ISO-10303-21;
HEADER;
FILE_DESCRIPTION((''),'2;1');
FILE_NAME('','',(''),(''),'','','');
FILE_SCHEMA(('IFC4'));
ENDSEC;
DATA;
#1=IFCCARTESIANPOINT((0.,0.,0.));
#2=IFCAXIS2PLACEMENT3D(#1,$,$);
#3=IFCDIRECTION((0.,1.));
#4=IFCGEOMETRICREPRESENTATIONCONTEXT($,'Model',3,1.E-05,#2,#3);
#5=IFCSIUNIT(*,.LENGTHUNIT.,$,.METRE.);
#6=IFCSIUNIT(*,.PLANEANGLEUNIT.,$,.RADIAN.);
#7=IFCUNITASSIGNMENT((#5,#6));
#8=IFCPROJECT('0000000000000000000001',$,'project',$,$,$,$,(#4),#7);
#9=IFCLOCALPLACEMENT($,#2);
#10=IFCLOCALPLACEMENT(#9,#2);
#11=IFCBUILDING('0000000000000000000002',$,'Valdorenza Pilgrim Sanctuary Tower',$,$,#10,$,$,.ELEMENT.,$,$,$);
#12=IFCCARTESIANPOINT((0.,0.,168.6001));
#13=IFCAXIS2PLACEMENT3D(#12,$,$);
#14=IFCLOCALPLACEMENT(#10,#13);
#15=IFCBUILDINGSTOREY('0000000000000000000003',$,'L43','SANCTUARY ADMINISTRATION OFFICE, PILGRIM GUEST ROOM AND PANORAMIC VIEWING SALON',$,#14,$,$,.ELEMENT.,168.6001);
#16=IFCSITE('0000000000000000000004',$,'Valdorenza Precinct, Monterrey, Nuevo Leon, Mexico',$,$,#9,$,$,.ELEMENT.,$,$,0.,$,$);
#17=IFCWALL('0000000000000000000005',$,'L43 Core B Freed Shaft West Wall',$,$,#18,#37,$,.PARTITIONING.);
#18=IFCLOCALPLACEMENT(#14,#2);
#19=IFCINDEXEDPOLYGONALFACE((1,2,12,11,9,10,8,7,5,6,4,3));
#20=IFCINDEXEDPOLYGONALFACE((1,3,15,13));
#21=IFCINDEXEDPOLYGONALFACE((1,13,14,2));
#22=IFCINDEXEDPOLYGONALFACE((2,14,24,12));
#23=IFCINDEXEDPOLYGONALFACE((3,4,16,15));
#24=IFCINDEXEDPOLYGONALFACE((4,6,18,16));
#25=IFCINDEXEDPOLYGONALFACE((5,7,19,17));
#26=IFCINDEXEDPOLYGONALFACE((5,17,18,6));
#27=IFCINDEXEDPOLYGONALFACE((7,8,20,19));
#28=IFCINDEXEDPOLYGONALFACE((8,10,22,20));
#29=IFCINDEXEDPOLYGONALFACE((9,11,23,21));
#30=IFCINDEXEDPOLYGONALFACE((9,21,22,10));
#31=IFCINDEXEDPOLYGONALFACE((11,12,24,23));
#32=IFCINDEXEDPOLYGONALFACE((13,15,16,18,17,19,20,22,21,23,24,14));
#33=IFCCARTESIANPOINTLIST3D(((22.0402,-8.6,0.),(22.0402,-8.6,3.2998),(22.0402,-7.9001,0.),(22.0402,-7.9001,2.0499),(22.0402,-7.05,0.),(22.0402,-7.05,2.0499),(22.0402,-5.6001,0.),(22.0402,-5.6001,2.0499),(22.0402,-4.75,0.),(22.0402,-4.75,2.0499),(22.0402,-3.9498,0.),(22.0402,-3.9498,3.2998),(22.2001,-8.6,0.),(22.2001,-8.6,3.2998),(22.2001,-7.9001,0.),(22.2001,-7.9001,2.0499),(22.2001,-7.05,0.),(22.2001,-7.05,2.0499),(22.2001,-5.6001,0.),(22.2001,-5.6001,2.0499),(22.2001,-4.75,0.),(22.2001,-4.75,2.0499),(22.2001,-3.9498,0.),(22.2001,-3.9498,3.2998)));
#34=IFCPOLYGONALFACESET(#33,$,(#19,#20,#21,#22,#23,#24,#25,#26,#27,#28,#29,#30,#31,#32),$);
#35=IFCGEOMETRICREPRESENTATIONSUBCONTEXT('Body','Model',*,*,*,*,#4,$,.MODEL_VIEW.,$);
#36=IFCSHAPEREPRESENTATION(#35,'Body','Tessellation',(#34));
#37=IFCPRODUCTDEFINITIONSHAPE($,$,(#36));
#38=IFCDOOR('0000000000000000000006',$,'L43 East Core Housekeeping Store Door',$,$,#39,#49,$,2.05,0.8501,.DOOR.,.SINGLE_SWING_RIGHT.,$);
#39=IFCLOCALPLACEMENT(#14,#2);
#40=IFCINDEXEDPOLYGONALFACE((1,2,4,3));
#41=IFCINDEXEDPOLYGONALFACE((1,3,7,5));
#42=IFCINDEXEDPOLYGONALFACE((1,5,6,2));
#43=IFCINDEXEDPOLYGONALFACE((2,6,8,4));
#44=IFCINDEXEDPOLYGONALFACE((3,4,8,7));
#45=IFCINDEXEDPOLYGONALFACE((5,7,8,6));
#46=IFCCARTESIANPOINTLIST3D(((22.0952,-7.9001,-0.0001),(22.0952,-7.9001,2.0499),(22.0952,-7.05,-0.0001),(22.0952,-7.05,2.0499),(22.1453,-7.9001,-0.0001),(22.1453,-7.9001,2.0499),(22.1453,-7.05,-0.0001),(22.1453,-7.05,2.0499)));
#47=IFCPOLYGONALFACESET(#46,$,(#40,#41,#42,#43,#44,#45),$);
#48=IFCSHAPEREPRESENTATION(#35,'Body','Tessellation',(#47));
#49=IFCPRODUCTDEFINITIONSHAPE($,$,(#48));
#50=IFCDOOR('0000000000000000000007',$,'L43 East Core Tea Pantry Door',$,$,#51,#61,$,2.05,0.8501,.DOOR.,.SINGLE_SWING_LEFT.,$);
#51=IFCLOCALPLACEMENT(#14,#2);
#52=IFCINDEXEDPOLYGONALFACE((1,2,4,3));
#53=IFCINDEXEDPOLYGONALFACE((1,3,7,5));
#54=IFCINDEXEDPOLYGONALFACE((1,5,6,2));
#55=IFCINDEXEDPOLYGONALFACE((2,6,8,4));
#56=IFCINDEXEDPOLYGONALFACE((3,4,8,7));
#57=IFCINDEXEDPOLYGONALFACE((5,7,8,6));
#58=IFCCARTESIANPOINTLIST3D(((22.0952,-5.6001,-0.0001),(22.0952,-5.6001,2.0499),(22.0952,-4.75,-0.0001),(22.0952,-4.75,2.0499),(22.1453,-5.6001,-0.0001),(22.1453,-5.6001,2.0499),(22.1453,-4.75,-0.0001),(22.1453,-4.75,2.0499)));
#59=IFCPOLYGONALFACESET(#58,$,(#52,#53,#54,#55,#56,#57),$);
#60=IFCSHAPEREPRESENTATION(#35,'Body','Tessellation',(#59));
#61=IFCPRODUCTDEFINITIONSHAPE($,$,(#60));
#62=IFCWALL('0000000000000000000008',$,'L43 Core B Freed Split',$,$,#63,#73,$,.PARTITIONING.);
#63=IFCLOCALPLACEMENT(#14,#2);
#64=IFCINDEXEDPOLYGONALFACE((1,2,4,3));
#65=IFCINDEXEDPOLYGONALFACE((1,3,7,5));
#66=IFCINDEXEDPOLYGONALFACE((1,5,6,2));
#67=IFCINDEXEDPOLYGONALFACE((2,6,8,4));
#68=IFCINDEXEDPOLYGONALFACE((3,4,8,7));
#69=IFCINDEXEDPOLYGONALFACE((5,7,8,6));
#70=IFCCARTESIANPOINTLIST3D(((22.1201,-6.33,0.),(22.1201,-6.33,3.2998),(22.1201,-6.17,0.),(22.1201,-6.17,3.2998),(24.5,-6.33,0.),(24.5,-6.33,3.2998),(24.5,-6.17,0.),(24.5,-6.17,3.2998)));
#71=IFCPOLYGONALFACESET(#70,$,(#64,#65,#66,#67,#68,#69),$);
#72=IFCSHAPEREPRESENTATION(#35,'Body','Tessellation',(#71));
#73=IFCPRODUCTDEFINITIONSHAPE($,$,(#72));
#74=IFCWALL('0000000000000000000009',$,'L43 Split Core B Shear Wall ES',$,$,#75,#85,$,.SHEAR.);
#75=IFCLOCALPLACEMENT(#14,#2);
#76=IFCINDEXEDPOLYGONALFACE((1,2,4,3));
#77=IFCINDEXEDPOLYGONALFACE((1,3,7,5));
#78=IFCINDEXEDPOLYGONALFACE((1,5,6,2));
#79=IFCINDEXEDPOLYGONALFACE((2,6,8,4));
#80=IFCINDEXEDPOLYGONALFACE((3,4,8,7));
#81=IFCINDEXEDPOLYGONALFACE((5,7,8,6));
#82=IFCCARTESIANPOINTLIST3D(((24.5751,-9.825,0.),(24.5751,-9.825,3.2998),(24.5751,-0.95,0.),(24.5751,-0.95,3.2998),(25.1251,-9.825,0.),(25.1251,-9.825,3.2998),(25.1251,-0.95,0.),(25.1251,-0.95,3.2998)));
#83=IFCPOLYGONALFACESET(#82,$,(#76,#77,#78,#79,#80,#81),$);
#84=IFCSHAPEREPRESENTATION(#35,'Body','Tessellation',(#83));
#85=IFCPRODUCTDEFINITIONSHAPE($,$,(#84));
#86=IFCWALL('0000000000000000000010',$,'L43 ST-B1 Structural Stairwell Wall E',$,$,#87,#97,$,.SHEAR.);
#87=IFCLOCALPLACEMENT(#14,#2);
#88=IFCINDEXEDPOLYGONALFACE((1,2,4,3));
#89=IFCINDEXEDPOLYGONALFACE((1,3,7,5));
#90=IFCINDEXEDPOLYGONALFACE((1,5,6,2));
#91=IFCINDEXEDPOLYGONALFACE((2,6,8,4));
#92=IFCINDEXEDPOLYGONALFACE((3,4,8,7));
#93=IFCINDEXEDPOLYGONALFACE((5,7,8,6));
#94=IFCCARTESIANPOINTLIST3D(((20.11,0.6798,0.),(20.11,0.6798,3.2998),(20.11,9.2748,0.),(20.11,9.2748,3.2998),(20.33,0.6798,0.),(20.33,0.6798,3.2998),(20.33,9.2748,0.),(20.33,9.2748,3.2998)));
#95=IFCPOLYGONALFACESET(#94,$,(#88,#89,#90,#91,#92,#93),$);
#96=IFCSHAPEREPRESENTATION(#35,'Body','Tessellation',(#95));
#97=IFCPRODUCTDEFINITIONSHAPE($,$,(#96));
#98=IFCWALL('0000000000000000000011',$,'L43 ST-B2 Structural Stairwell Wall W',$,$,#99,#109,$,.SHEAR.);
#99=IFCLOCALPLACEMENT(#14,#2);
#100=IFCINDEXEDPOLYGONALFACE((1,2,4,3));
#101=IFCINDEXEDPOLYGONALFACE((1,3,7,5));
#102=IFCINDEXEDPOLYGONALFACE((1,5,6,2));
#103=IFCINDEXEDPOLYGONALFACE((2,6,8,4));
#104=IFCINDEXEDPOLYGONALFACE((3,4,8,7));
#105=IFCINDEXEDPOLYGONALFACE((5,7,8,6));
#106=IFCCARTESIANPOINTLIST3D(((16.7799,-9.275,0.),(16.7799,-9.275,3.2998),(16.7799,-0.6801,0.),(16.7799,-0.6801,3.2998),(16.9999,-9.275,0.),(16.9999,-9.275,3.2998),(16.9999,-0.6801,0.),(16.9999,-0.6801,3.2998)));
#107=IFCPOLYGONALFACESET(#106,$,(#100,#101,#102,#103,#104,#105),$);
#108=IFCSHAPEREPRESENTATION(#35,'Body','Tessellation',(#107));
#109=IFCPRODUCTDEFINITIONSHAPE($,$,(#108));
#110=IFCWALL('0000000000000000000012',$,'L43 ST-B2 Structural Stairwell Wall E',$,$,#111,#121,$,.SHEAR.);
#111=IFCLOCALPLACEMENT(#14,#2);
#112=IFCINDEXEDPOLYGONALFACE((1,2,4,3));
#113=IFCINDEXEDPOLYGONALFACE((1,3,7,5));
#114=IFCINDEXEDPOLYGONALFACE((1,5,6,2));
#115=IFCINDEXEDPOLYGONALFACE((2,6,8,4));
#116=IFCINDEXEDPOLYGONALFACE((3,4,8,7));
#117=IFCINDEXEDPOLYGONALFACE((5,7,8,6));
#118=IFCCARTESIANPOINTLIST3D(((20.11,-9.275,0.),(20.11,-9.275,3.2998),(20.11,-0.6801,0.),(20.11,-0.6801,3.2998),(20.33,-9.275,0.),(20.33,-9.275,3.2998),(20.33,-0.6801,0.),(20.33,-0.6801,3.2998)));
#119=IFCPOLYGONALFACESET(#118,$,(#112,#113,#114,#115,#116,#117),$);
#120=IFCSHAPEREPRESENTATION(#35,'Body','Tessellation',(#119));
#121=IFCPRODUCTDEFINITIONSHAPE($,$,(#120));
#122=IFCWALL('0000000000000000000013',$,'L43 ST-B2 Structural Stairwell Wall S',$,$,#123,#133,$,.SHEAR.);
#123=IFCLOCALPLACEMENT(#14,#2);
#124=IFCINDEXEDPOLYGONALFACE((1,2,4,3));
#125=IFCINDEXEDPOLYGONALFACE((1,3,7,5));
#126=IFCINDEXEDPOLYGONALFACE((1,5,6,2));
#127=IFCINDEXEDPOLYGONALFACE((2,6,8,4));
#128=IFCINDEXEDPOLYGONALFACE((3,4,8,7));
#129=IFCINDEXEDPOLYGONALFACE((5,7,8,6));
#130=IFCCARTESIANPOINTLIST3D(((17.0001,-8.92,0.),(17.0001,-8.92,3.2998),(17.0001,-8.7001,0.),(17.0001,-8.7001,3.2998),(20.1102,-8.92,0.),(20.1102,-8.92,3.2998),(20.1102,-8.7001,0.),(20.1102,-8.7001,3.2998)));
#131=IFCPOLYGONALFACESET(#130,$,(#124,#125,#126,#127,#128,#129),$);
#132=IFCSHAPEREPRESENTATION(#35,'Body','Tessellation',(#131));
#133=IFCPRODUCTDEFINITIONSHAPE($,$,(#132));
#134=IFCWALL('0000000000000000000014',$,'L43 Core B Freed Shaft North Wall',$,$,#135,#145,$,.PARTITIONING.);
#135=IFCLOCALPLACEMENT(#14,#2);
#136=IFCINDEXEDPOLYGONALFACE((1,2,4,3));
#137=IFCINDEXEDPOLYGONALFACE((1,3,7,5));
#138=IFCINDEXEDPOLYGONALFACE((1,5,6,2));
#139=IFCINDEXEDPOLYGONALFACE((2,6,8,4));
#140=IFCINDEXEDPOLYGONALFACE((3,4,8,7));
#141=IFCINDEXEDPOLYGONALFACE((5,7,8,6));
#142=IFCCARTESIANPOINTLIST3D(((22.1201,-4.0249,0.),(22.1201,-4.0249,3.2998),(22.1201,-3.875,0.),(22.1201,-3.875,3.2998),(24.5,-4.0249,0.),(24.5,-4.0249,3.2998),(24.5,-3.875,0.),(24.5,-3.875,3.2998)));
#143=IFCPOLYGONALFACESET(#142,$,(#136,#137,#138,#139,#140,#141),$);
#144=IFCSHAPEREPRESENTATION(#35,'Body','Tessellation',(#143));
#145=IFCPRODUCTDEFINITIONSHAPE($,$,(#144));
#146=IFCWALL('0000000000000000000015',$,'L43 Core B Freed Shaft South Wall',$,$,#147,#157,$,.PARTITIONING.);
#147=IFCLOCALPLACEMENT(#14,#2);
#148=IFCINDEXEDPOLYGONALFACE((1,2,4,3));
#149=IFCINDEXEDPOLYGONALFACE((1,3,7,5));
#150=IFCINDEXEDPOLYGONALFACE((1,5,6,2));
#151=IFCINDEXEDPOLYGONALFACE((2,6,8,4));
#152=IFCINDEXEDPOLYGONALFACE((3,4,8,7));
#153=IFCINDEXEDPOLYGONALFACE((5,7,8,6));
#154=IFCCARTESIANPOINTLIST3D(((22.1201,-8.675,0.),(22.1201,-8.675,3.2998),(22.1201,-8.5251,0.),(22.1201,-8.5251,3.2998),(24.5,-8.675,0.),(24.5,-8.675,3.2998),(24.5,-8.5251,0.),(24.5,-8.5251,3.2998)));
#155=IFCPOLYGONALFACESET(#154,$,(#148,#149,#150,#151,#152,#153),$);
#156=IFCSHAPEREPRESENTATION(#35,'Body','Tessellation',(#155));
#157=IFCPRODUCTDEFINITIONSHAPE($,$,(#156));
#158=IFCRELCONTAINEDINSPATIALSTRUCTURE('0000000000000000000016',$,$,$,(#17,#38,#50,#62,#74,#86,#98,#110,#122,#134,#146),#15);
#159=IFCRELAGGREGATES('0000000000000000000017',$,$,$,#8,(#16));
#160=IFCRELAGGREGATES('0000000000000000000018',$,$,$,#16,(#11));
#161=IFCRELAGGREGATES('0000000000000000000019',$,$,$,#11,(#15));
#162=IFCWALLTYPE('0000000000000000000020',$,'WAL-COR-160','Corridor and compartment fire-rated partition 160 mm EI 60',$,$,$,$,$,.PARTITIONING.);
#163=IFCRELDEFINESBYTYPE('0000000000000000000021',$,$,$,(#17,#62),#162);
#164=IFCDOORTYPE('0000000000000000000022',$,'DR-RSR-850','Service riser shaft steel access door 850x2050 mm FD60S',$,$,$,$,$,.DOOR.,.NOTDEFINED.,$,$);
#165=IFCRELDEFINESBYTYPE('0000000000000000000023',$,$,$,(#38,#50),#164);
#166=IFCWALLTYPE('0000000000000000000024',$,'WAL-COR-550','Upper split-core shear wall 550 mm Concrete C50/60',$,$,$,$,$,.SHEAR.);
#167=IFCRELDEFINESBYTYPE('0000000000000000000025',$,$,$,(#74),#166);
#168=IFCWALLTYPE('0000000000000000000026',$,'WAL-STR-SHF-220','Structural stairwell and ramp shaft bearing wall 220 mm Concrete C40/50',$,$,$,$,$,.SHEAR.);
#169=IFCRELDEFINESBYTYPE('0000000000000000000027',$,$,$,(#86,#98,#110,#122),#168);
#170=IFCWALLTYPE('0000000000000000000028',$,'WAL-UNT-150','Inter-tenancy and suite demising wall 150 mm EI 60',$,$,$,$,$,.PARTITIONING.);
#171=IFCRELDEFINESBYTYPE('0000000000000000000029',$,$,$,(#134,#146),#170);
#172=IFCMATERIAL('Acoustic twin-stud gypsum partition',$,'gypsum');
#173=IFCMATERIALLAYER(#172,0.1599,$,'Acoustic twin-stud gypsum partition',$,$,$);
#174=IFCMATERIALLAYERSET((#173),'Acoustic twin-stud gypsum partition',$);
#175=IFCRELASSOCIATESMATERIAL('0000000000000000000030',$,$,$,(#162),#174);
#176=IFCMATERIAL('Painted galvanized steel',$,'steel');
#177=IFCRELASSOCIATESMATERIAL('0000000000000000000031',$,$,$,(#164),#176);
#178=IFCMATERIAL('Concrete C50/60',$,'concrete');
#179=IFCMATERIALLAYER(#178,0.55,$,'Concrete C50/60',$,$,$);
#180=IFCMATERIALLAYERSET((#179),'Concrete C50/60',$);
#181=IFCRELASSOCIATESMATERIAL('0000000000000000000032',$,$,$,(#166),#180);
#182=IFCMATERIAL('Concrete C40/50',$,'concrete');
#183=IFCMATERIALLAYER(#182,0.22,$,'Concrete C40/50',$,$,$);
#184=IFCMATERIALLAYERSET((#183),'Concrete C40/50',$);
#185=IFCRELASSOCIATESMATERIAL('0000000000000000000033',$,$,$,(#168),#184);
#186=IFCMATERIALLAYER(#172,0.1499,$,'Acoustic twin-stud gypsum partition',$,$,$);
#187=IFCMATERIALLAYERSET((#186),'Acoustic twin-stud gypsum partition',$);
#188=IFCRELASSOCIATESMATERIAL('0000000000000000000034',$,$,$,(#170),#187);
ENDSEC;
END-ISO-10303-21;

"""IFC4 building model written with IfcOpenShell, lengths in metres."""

from ifc_helpers import new_model, si_unit, direction, frame, frame_2d, origin, place, context, subcontext, project, spatial, rectangle, extrude, material, layer, layer_set, type_object, element, fill, save


model = new_model("IFC4")

# Units and contexts
model_context = context("Model", 3, precision=1e-05, world=origin(), true_north=direction((0.0, 1.0)))
body_context = subcontext(model_context, "Body", "Model", "MODEL_VIEW")
ifc_project = project(units=[si_unit("LENGTHUNIT", "METRE"), si_unit("PLANEANGLEUNIT", "RADIAN")], contexts=[model_context])

# Site, building, storey
site_placement = place(None, origin())
site = spatial("IfcSite", under=ifc_project, at=site_placement, Name="Valdorenza Precinct, Monterrey, Nuevo Leon, Mexico", CompositionType="ELEMENT", RefElevation=0.0)
building_placement = place(site_placement, origin())
building = spatial("IfcBuilding", under=site, at=building_placement, Name="Valdorenza Pilgrim Sanctuary Tower", CompositionType="ELEMENT")
storey_placement = place(building_placement, frame((0.0, 0.0, 168.6001)))
storey = spatial("IfcBuildingStorey", under=building, at=storey_placement, Name="L43", Description="SANCTUARY ADMINISTRATION OFFICE, PILGRIM GUEST ROOM AND PANORAMIC VIEWING SALON", CompositionType="ELEMENT", Elevation=168.6001)

# Shared definitions
ifc_material_1 = material(Name="Acoustic twin-stud gypsum partition", Category="gypsum")
ifc_layer_1 = layer(ifc_material_1, 0.1599, Name="Acoustic twin-stud gypsum partition")
ifc_layer_set_1 = layer_set([ifc_layer_1], Name="Acoustic twin-stud gypsum partition")
wall_type_1 = type_object("IfcWallType", Name="WAL-COR-160", Description="Corridor and compartment fire-rated partition 160 mm EI 60", PredefinedType="PARTITIONING", material=ifc_layer_set_1)

# Wall, openings, doors
wall_1_placement = place(storey_placement, frame((22.1201, -8.6001, 0.0), z_axis=(0.0, 0.0, 1.0), x_axis=(0.0, 1.0, 0.0)))
wall_1 = element("IfcWall", 1, at=wall_1_placement, inside=storey, type_object=wall_type_1, Name="L43 Core B Freed Shaft West Wall", PredefinedType="PARTITIONING", context=body_context, shape_type="SweptSolid", body=[
    extrude(rectangle(XDim=4.6501, YDim=0.1599, at=frame_2d((2.3252, 0.0))), origin(), (0.0, 0.0, 1.0), 3.2998),
])
opening_1_placement = place(wall_1_placement, frame((0.7, 0.0, 0.0)))
opening_1 = element("IfcOpeningElement", 2, at=opening_1_placement, cuts=wall_1, PredefinedType="OPENING", context=body_context, shape_type="SweptSolid", body=[
    extrude(rectangle(XDim=0.8501, YDim=2.05, at=frame_2d((0.425, 1.0249))), frame((0.0, 0.0947, 0.0), z_axis=(0.0, -1.0, 0.0), x_axis=(1.0, 0.0, 0.0)), (0.0, 0.0, 1.0), 0.1897),
])
opening_2_placement = place(wall_1_placement, frame((3.0, 0.0, 0.0)))
opening_2 = element("IfcOpeningElement", 3, at=opening_2_placement, cuts=wall_1, PredefinedType="OPENING", context=body_context, shape_type="SweptSolid", body=[
    extrude(rectangle(XDim=0.8501, YDim=2.05, at=frame_2d((0.425, 1.0249))), frame((0.0, 0.0947, 0.0), z_axis=(0.0, -1.0, 0.0), x_axis=(1.0, 0.0, 0.0)), (0.0, 0.0, 1.0), 0.1897),
])
ifc_material_2 = material(Name="Painted galvanized steel", Category="steel")
door_type_1 = type_object("IfcDoorType", Name="DR-RSR-850", Description="Service riser shaft steel access door 850x2050 mm FD60S", OperationType="NOTDEFINED", PredefinedType="DOOR", material=ifc_material_2)
door_1_placement = place(opening_1_placement, origin())
door_1 = element("IfcDoor", 4, at=door_1_placement, inside=storey, type_object=door_type_1, Name="L43 East Core Housekeeping Store Door", OperationType="SINGLE_SWING_RIGHT", OverallHeight=2.05, OverallWidth=0.8501, PredefinedType="DOOR", context=body_context, shape_type="SweptSolid", body=[
    extrude(rectangle(XDim=0.8501, YDim=2.05, at=frame_2d((0.425, 1.0249))), frame((0.0, 0.0249, 0.0), z_axis=(0.0, -1.0, 0.0), x_axis=(1.0, 0.0, 0.0)), (0.0, 0.0, 1.0), 0.05),
])
fill(opening_1, door_1)
door_2_placement = place(opening_2_placement, origin())
door_2 = element("IfcDoor", 5, at=door_2_placement, inside=storey, type_object=door_type_1, Name="L43 East Core Tea Pantry Door", OperationType="SINGLE_SWING_LEFT", OverallHeight=2.05, OverallWidth=0.8501, PredefinedType="DOOR", context=body_context, shape_type="SweptSolid", body=[
    extrude(rectangle(XDim=0.8501, YDim=2.05, at=frame_2d((0.425, 1.0249))), frame((0.0, 0.0249, 0.0), z_axis=(0.0, -1.0, 0.0), x_axis=(1.0, 0.0, 0.0)), (0.0, 0.0, 1.0), 0.05),
])
fill(opening_2, door_2)

# Walls
wall_2_placement = place(storey_placement, frame((22.1201, -6.25, 0.0), z_axis=(0.0, 0.0, 1.0), x_axis=(1.0, 0.0, 0.0)))
element("IfcWall", 6, at=wall_2_placement, inside=storey, type_object=wall_type_1, Name="L43 Core B Freed Split", PredefinedType="PARTITIONING", context=body_context, shape_type="SweptSolid", body=[
    extrude(rectangle(XDim=2.3799, YDim=0.1599, at=frame_2d((1.1899, 0.0))), origin(), (0.0, 0.0, 1.0), 3.2998),
])
ifc_material_3 = material(Name="Concrete C50/60", Category="concrete")
ifc_layer_2 = layer(ifc_material_3, 0.55, Name="Concrete C50/60")
ifc_layer_set_2 = layer_set([ifc_layer_2], Name="Concrete C50/60")
wall_type_2 = type_object("IfcWallType", Name="WAL-COR-550", Description="Upper split-core shear wall 550 mm Concrete C50/60", PredefinedType="SHEAR", material=ifc_layer_set_2)
wall_3_placement = place(storey_placement, frame((24.8501, -9.825, 0.0), z_axis=(0.0, 0.0, 1.0), x_axis=(0.0, 1.0, 0.0)))
element("IfcWall", 7, at=wall_3_placement, inside=storey, type_object=wall_type_2, Name="L43 Split Core B Shear Wall ES", PredefinedType="SHEAR", context=body_context, shape_type="SweptSolid", body=[
    extrude(rectangle(XDim=8.875, YDim=0.55, at=frame_2d((4.4375, 0.0))), origin(), (0.0, 0.0, 1.0), 3.2998),
])

# Walls
ifc_material_4 = material(Name="Concrete C40/50", Category="concrete")
ifc_layer_3 = layer(ifc_material_4, 0.22, Name="Concrete C40/50")
ifc_layer_set_3 = layer_set([ifc_layer_3], Name="Concrete C40/50")
wall_type_3 = type_object("IfcWallType", Name="WAL-STR-SHF-220", Description="Structural stairwell and ramp shaft bearing wall 220 mm Concrete C40/50", PredefinedType="SHEAR", material=ifc_layer_set_3)
for number, where, z_axis, x_axis, name in (
    (8, (20.22, 0.6799, 0.0), (0.0, 0.0, 1.0), (0.0, 1.0, 0.0), "L43 ST-B1 Structural Stairwell Wall E"),
    (9, (16.8899, -9.2749, 0.0), (0.0, 0.0, 1.0), (0.0, 1.0, 0.0), "L43 ST-B2 Structural Stairwell Wall W"),
    (10, (20.22, -9.2749, 0.0), (0.0, 0.0, 1.0), (0.0, 1.0, 0.0), "L43 ST-B2 Structural Stairwell Wall E"),
):
    element("IfcWall", number, at=place(storey_placement, frame(where, z_axis=z_axis, x_axis=x_axis)), inside=storey, type_object=wall_type_3, Name=name, PredefinedType="SHEAR", context=body_context, shape_type="SweptSolid", body=[
        extrude(rectangle(XDim=8.595, YDim=0.22, at=frame_2d((4.2974, 0.0))), origin(), (0.0, 0.0, 1.0), 3.2998),
    ])
wall_4_placement = place(storey_placement, frame((17.0, -8.8101, 0.0), z_axis=(0.0, 0.0, 1.0), x_axis=(1.0, 0.0, 0.0)))
element("IfcWall", 11, at=wall_4_placement, inside=storey, type_object=wall_type_3, Name="L43 ST-B2 Structural Stairwell Wall S", PredefinedType="SHEAR", context=body_context, shape_type="SweptSolid", body=[
    extrude(rectangle(XDim=3.1101, YDim=0.22, at=frame_2d((1.5552, 0.0))), origin(), (0.0, 0.0, 1.0), 3.2998),
])

# Walls
ifc_layer_4 = layer(ifc_material_1, 0.1499, Name="Acoustic twin-stud gypsum partition")
ifc_layer_set_4 = layer_set([ifc_layer_4], Name="Acoustic twin-stud gypsum partition")
wall_type_4 = type_object("IfcWallType", Name="WAL-UNT-150", Description="Inter-tenancy and suite demising wall 150 mm EI 60", PredefinedType="PARTITIONING", material=ifc_layer_set_4)
for number, where, z_axis, x_axis, name in (
    (12, (22.1201, -3.95, 0.0), (0.0, 0.0, 1.0), (1.0, 0.0, 0.0), "L43 Core B Freed Shaft North Wall"),
    (13, (22.1201, -8.6001, 0.0), (0.0, 0.0, 1.0), (1.0, 0.0, 0.0), "L43 Core B Freed Shaft South Wall"),
):
    element("IfcWall", number, at=place(storey_placement, frame(where, z_axis=z_axis, x_axis=x_axis)), inside=storey, type_object=wall_type_4, Name=name, PredefinedType="PARTITIONING", context=body_context, shape_type="SweptSolid", body=[
        extrude(rectangle(XDim=2.3799, YDim=0.1499, at=frame_2d((1.1899, 0.0))), origin(), (0.0, 0.0, 1.0), 3.2998),
    ])

save(model, "model.ifc")
